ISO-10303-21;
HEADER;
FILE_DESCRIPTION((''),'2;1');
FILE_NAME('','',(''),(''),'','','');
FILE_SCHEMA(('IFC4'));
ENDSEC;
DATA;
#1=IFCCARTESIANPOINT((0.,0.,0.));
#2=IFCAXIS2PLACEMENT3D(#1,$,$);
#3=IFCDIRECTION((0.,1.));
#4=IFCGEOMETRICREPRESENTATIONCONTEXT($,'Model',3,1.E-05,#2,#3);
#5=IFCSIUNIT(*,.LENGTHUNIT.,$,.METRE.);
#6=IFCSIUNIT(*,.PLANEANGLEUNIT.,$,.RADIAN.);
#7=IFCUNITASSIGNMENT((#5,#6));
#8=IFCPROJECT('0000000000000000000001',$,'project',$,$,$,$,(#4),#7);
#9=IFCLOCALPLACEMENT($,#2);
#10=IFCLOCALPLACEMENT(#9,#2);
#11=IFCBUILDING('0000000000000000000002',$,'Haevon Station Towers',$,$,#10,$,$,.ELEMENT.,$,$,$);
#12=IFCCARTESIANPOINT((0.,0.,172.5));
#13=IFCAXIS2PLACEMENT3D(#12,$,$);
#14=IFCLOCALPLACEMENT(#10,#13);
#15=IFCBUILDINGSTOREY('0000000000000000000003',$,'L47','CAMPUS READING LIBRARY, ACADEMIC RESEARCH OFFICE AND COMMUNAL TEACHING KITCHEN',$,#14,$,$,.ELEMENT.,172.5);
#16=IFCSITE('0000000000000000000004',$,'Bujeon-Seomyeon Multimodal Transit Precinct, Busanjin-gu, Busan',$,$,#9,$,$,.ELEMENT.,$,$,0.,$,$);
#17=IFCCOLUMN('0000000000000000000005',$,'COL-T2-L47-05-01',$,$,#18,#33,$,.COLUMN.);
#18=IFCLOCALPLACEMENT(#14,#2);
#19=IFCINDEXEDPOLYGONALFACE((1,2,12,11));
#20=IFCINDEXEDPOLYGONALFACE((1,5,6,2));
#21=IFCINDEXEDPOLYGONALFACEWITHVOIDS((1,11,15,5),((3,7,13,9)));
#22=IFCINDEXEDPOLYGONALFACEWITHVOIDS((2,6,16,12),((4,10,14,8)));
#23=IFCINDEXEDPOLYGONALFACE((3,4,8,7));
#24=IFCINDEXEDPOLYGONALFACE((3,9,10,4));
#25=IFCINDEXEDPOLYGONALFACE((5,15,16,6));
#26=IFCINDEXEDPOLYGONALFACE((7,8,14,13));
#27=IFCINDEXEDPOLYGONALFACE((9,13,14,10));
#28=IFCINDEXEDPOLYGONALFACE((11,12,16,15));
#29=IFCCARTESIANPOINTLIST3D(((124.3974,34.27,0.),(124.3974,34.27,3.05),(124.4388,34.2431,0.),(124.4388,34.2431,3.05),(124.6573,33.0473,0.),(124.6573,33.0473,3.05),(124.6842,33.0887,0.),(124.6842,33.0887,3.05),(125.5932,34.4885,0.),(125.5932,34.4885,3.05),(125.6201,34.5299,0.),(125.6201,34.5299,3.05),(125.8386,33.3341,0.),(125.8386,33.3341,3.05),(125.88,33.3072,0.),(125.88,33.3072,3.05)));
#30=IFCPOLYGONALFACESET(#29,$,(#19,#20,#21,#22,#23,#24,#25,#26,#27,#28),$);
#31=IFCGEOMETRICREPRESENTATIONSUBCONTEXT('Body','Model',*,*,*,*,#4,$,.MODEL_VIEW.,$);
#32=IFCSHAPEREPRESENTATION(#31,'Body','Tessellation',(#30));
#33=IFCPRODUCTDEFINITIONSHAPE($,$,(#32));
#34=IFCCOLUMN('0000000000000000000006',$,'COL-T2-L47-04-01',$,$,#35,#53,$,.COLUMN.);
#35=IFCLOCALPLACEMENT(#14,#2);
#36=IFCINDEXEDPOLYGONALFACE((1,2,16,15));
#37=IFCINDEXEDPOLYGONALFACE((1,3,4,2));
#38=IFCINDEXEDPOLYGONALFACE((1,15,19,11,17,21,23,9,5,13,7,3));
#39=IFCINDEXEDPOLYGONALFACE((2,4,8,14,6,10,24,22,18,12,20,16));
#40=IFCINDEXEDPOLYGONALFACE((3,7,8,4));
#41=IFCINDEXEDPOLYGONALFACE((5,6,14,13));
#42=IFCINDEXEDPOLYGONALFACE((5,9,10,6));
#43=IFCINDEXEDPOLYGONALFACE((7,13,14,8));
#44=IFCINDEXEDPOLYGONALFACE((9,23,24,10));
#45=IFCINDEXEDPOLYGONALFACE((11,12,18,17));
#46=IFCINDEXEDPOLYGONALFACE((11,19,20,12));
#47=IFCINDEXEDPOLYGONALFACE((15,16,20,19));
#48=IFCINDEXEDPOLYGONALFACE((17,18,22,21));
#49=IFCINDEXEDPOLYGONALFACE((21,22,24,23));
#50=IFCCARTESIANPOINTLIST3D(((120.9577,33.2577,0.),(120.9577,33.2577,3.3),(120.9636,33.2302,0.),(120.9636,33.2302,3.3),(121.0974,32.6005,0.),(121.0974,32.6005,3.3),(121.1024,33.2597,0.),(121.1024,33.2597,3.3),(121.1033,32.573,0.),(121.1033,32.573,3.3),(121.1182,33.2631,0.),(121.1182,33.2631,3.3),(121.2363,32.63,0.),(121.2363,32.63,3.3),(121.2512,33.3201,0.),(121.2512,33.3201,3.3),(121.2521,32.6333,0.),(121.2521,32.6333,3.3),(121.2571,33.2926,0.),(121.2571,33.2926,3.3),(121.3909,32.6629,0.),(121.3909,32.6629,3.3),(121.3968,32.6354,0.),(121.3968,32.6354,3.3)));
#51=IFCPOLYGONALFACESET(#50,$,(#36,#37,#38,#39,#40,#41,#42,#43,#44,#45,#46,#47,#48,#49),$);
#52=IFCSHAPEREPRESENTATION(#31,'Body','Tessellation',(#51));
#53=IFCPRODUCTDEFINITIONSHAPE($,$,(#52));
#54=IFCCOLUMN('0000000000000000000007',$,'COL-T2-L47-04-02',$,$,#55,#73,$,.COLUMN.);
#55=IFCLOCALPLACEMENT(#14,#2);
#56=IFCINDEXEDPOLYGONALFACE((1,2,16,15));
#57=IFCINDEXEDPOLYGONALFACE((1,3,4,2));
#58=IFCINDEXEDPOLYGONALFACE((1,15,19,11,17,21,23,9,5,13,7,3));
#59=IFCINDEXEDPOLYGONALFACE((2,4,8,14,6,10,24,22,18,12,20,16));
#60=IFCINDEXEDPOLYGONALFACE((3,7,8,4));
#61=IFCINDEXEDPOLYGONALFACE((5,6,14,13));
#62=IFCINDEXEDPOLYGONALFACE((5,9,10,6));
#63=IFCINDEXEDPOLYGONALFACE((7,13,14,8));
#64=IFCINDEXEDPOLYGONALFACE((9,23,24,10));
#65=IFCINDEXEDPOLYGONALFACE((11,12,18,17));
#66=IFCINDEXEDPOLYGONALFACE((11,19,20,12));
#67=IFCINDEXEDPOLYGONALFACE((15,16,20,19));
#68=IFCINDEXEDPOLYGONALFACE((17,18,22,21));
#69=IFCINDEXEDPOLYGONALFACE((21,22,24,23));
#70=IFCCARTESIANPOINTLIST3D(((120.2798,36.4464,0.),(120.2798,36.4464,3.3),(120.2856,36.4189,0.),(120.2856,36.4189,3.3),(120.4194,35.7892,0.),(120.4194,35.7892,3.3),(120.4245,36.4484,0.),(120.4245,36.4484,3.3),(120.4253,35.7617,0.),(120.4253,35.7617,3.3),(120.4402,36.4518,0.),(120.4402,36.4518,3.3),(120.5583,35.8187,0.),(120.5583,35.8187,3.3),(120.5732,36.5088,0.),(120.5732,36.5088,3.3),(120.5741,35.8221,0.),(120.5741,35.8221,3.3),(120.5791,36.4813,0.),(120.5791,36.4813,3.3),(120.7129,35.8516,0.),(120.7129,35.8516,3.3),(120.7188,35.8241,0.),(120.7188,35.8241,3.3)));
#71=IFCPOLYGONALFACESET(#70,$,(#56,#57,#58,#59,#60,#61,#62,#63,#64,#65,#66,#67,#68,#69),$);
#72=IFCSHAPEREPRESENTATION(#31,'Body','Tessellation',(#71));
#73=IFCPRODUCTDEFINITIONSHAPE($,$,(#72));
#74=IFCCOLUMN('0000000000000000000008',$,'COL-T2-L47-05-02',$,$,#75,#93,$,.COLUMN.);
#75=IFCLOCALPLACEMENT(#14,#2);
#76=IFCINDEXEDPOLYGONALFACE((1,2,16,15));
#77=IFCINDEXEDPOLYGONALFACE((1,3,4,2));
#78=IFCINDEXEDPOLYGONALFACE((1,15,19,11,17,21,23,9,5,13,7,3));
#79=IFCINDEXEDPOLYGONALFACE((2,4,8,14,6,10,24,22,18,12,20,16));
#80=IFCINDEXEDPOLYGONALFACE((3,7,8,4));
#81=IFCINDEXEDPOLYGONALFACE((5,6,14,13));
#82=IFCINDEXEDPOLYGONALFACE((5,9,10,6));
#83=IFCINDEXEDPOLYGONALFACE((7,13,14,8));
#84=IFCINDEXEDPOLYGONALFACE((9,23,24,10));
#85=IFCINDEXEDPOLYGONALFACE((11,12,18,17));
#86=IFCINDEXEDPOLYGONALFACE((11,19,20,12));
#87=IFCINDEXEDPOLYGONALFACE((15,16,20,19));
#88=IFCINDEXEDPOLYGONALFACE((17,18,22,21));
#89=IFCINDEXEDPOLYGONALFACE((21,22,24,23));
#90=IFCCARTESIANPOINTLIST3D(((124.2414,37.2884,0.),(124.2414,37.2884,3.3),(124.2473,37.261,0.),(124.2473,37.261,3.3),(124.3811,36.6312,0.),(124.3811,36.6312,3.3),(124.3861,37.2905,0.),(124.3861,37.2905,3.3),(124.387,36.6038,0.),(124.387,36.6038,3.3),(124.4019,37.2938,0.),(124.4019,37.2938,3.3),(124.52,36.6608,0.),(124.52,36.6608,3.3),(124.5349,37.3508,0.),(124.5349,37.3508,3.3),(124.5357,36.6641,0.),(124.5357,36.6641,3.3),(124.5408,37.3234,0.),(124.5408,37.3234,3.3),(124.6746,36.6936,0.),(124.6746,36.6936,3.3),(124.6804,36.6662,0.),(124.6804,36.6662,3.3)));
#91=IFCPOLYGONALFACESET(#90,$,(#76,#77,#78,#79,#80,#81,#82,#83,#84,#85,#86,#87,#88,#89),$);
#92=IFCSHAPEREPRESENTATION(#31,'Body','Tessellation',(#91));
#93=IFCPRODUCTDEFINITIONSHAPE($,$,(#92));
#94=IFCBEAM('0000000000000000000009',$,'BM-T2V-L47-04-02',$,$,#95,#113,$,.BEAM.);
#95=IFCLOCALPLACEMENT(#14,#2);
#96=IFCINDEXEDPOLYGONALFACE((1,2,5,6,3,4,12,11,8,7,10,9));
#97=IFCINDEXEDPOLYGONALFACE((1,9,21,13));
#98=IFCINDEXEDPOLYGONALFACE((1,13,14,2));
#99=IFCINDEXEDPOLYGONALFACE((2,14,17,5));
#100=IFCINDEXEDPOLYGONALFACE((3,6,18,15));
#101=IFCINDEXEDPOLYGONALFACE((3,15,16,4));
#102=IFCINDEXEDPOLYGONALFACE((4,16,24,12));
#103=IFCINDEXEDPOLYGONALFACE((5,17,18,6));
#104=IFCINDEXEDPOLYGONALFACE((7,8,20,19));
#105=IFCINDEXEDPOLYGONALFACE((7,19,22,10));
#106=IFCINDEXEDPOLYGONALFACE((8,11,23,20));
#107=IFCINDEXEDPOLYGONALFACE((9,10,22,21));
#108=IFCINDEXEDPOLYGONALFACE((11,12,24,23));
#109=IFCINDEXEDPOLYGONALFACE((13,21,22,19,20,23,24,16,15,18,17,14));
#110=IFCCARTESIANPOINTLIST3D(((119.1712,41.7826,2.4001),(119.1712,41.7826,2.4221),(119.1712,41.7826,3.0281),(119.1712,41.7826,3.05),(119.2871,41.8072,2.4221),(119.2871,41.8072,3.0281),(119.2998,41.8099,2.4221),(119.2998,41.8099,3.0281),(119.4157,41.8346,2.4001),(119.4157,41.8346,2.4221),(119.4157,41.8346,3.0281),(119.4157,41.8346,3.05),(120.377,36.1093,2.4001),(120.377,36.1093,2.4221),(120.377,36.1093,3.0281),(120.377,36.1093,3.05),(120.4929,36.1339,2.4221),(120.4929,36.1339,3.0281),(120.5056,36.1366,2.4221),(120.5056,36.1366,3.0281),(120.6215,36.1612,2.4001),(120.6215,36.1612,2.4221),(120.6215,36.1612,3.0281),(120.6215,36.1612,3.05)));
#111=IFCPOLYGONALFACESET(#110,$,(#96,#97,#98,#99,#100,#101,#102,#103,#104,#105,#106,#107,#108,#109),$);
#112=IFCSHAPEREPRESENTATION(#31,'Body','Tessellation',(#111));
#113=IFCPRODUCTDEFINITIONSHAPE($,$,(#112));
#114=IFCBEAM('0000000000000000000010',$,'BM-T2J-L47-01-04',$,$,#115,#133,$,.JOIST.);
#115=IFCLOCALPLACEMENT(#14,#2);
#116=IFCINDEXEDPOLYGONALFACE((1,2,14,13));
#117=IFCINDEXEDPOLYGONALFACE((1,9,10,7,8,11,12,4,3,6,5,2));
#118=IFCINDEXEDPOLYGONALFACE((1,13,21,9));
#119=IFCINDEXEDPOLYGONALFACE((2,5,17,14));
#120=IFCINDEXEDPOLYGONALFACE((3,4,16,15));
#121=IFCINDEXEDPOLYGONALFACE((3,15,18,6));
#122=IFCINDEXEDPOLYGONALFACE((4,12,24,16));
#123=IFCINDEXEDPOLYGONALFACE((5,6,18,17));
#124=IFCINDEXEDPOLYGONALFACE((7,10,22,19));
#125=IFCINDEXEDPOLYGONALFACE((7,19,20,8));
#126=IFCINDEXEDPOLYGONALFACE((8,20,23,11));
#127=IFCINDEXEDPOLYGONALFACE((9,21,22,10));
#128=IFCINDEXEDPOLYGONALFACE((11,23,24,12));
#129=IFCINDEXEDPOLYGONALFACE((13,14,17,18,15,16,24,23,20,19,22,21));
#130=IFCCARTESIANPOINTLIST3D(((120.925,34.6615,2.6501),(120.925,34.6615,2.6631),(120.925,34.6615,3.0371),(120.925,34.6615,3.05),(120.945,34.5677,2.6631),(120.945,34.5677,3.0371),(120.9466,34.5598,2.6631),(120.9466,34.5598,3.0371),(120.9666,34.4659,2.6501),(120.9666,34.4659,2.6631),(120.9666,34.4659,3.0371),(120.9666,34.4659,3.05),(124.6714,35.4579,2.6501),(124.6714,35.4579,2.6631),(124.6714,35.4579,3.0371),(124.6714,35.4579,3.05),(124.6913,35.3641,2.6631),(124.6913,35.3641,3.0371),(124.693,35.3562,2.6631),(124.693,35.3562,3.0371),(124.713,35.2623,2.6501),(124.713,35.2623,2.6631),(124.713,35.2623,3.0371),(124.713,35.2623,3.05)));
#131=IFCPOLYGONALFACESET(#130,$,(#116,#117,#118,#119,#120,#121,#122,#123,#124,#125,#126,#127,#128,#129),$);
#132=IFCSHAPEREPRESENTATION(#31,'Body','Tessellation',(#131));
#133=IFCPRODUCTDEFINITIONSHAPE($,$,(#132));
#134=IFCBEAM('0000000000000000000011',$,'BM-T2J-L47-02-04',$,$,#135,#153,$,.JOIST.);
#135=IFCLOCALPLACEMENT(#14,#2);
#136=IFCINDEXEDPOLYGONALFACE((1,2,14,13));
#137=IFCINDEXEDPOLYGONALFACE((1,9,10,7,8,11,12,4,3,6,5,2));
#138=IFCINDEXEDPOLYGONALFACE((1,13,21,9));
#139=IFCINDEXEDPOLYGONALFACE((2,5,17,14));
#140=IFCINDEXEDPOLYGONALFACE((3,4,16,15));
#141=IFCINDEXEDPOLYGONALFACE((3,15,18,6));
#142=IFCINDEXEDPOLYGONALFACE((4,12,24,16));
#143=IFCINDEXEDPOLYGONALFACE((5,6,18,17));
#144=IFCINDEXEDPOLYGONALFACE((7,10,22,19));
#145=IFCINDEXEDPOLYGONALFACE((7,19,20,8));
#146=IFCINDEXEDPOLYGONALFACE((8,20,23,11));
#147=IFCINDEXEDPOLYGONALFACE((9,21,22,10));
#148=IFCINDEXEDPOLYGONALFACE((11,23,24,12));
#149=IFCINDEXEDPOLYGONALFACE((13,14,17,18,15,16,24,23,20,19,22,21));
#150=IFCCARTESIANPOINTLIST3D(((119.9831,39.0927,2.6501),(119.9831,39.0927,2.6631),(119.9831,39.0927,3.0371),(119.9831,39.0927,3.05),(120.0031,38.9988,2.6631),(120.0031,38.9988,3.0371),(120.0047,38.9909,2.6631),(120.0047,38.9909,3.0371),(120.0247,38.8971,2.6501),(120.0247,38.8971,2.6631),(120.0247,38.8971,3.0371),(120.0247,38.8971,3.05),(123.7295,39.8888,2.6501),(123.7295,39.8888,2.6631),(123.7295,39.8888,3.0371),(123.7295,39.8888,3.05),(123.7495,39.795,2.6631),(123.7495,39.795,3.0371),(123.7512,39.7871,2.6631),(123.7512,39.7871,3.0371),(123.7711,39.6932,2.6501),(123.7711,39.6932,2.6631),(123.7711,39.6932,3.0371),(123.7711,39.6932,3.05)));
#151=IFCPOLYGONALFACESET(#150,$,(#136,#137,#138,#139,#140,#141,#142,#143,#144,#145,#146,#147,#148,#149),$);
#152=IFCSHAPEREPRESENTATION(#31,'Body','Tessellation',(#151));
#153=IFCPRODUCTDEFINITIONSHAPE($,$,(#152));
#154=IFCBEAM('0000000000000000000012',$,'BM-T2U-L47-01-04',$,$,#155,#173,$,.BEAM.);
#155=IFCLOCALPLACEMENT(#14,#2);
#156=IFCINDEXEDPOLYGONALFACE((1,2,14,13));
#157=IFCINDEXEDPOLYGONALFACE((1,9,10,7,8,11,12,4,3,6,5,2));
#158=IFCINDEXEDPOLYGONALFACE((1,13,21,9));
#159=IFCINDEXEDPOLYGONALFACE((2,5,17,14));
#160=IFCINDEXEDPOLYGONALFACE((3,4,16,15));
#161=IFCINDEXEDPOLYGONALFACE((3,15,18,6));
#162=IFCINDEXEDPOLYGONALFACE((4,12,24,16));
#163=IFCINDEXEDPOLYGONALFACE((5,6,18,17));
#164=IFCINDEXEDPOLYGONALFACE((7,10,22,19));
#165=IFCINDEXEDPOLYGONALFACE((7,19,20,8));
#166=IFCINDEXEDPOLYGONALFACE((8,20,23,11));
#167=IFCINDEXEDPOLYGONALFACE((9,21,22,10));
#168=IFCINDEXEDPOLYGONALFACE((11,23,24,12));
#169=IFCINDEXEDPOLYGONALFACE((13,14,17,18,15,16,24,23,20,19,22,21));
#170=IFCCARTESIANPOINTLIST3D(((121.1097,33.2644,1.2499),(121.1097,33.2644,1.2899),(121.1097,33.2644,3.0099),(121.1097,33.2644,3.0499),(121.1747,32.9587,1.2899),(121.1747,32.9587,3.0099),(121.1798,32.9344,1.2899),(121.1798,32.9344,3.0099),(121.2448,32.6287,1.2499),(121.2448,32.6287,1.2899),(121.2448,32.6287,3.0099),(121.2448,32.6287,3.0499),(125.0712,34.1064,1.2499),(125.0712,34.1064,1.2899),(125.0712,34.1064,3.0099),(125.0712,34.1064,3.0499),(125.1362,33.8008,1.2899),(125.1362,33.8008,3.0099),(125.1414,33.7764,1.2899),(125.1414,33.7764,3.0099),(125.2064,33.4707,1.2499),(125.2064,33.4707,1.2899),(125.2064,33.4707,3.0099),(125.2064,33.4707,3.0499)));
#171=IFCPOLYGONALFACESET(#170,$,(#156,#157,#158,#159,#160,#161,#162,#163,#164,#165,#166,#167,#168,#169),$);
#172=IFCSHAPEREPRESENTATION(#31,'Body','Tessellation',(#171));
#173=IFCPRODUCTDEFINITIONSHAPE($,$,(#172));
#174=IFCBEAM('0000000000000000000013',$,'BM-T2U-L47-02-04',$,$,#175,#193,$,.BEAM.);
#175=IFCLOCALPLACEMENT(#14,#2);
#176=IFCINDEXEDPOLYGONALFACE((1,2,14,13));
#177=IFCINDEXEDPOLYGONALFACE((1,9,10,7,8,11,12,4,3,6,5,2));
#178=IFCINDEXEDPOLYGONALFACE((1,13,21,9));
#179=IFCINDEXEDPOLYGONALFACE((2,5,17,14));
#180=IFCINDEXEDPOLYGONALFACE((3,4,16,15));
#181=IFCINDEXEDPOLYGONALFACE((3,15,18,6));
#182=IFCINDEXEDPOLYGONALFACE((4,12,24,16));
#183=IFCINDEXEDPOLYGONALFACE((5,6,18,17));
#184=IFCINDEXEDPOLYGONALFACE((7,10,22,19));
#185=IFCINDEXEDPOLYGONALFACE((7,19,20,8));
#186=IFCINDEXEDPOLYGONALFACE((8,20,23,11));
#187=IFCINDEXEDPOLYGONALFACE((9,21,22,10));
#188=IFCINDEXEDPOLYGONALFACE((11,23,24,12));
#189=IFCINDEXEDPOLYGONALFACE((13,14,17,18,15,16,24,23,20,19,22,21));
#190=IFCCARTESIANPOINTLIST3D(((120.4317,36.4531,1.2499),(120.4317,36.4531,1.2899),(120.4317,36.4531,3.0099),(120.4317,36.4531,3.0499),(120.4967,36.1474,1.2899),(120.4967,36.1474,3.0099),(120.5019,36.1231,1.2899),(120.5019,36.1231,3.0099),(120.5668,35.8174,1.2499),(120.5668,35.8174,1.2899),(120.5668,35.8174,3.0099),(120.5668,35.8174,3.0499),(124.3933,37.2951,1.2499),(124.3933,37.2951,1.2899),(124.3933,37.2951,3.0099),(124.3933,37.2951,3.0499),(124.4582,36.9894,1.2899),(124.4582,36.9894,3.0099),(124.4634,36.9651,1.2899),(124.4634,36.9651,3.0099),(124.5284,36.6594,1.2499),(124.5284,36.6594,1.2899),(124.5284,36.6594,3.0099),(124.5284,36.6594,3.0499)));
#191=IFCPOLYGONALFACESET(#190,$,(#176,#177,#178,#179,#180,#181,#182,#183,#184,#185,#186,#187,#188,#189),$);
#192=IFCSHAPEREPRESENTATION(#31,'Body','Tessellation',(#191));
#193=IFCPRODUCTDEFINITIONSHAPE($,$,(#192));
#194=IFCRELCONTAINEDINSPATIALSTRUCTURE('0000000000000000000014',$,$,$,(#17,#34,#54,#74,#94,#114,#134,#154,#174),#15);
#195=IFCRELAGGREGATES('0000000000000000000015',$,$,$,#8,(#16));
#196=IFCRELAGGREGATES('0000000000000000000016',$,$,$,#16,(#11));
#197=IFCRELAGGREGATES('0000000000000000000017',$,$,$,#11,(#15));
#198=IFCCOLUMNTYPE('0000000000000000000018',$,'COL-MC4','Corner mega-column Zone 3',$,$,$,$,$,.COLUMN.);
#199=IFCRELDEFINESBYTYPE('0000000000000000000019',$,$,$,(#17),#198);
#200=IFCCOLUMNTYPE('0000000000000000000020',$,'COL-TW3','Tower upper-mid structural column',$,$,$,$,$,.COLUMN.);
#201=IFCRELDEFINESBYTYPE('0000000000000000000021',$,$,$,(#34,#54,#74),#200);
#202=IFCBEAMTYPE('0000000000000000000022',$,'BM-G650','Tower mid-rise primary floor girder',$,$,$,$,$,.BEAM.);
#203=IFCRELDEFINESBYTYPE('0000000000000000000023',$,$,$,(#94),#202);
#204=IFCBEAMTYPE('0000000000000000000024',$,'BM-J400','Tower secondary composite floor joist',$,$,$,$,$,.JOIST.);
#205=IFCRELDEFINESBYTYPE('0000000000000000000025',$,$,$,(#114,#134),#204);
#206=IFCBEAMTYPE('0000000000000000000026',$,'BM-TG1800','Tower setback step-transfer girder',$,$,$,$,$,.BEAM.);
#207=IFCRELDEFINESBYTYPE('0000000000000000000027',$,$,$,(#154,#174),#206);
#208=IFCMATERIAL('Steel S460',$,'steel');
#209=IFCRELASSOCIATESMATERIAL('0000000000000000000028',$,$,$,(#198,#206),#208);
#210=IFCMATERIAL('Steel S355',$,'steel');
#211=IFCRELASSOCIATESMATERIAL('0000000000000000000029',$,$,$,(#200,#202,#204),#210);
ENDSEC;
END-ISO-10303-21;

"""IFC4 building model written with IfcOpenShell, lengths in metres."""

from ifc_helpers import new_model, si_unit, direction, frame, origin, origin_2d, place, context, subcontext, project, spatial, hollow_rectangle, i_section, extrude, material, material_profile, profile_set, type_object, element, save


model = new_model("IFC4")

# Units and contexts
model_context = context("Model", 3, precision=1e-05, world=origin(), true_north=direction((0.0, 1.0)))
body_context = subcontext(model_context, "Body", "Model", "MODEL_VIEW")
ifc_project = project(units=[si_unit("LENGTHUNIT", "METRE"), si_unit("PLANEANGLEUNIT", "RADIAN")], contexts=[model_context])

# Site, building, storey
site_placement = place(None, origin())
site = spatial("IfcSite", under=ifc_project, at=site_placement, Name="Bujeon-Seomyeon Multimodal Transit Precinct, Busanjin-gu, Busan", CompositionType="ELEMENT", RefElevation=0.0)
building_placement = place(site_placement, origin())
building = spatial("IfcBuilding", under=site, at=building_placement, Name="Haevon Station Towers", CompositionType="ELEMENT")
storey_placement = place(building_placement, frame((0.0, 0.0, 172.5)))
storey = spatial("IfcBuildingStorey", under=building, at=storey_placement, Name="L47", Description="CAMPUS READING LIBRARY, ACADEMIC RESEARCH OFFICE AND COMMUNAL TEACHING KITCHEN", CompositionType="ELEMENT", Elevation=172.5)

# Columns
ifc_material_1 = material(Name="Steel S460", Category="steel")
ifc_material_profile_1 = material_profile(ifc_material_1, hollow_rectangle(XDim=1.25, YDim=1.25, WallThickness=0.0349, at=origin_2d()), Name="BOX-1250x1250x35")
ifc_profile_set_1 = profile_set([ifc_material_profile_1], Name="Steel S460")
column_type_1 = type_object("IfcColumnType", Name="COL-MC4", Description="Corner mega-column Zone 3", PredefinedType="COLUMN", material=ifc_profile_set_1)
column_placement = place(storey_placement, frame((125.1387, 33.7886, 0.0), z_axis=(0.0, 0.0, 1.0), x_axis=(0.978148, 0.207912, 0.0)))
element("IfcColumn", 1, at=column_placement, inside=storey, type_object=column_type_1, Name="COL-T2-L47-05-01", PredefinedType="COLUMN", context=body_context, shape_type="SweptSolid", body=[
    extrude(hollow_rectangle(XDim=1.25, YDim=1.25, WallThickness=0.0349, at=origin_2d()), origin(), (0.0, 0.0, 1.0), 3.05),
])
ifc_material_2 = material(Name="Steel S355", Category="steel")
ifc_material_profile_2 = material_profile(ifc_material_2, i_section(OverallWidth=0.3, OverallDepth=0.7, WebThickness=0.0161, FlangeThickness=0.0281, at=origin_2d()), Name="H-700x300x16x28")
ifc_profile_set_2 = profile_set([ifc_material_profile_2], Name="Steel S355")
column_type_2 = type_object("IfcColumnType", Name="COL-TW3", Description="Tower upper-mid structural column", PredefinedType="COLUMN", material=ifc_profile_set_2)
for number, where, z_axis, x_axis, name in (
    (2, (121.1772, 32.9465, 0.0), (0.0, 0.0, 1.0), (0.978148, 0.207912, 0.0), "COL-T2-L47-04-01"),
    (3, (120.4993, 36.1353, 0.0), (0.0, 0.0, 1.0), (0.978148, 0.207912, 0.0), "COL-T2-L47-04-02"),
    (4, (124.4609, 36.9773, 0.0), (0.0, 0.0, 1.0), (0.978148, 0.207912, 0.0), "COL-T2-L47-05-02"),
):
    element("IfcColumn", number, at=place(storey_placement, frame(where, z_axis=z_axis, x_axis=x_axis)), inside=storey, type_object=column_type_2, Name=name, PredefinedType="COLUMN", context=body_context, shape_type="SweptSolid", body=[
        extrude(i_section(OverallWidth=0.3, OverallDepth=0.7, WebThickness=0.0161, FlangeThickness=0.0281, at=origin_2d()), origin(), (0.0, 0.0, 1.0), 3.3),
    ])

# Beams
ifc_material_profile_3 = material_profile(ifc_material_2, i_section(OverallWidth=0.25, OverallDepth=0.6499, WebThickness=0.0129, FlangeThickness=0.022, at=origin_2d()), Name="H-650x250x13x22")
ifc_profile_set_3 = profile_set([ifc_material_profile_3], Name="Steel S355")
beam_type_1 = type_object("IfcBeamType", Name="BM-G650", Description="Tower mid-rise primary floor girder", PredefinedType="BEAM", material=ifc_profile_set_3)
beam_1_placement = place(storey_placement, frame((120.4993, 36.1353, 2.7251), z_axis=(-0.207896, 0.978151, 0.0), x_axis=(-0.978151, -0.207896, 0.0)))
element("IfcBeam", 5, at=beam_1_placement, inside=storey, type_object=beam_type_1, Name="BM-T2V-L47-04-02", PredefinedType="BEAM", context=body_context, shape_type="SweptSolid", body=[
    extrude(i_section(OverallWidth=0.25, OverallDepth=0.6499, WebThickness=0.0129, FlangeThickness=0.022, at=origin_2d()), origin(), (0.0, 0.0, 1.0), 5.8),
])
ifc_material_profile_4 = material_profile(ifc_material_2, i_section(OverallWidth=0.2, OverallDepth=0.3999, WebThickness=0.0081, FlangeThickness=0.0129, at=origin_2d()), Name="H-400x200x8x13")
ifc_profile_set_4 = profile_set([ifc_material_profile_4], Name="Steel S355")
beam_type_2 = type_object("IfcBeamType", Name="BM-J400", Description="Tower secondary composite floor joist", PredefinedType="JOIST", material=ifc_profile_set_4)
for number, where, z_axis, x_axis, name in (
    (6, (120.9458, 34.5637, 2.8501), (0.978143, 0.207931, 0.0), (-0.207931, 0.978143, 0.0), "BM-T2J-L47-01-04"),
    (7, (120.0039, 38.9949, 2.8501), (0.978156, 0.20787, 0.0), (-0.20787, 0.978156, 0.0), "BM-T2J-L47-02-04"),
):
    element("IfcBeam", number, at=place(storey_placement, frame(where, z_axis=z_axis, x_axis=x_axis)), inside=storey, type_object=beam_type_2, Name=name, PredefinedType="JOIST", context=body_context, shape_type="SweptSolid", body=[
        extrude(i_section(OverallWidth=0.2, OverallDepth=0.3999, WebThickness=0.0081, FlangeThickness=0.0129, at=origin_2d()), origin(), (0.0, 0.0, 1.0), 3.8301),
    ])
ifc_material_profile_5 = material_profile(ifc_material_1, i_section(OverallWidth=0.6499, OverallDepth=1.8, WebThickness=0.0249, FlangeThickness=0.04, at=origin_2d()), Name="H-1800x650x25x40")
ifc_profile_set_5 = profile_set([ifc_material_profile_5], Name="Steel S460")
beam_type_3 = type_object("IfcBeamType", Name="BM-TG1800", Description="Tower setback step-transfer girder", PredefinedType="BEAM", material=ifc_profile_set_5)
for number, where, z_axis, x_axis, name in (
    (8, (121.1772, 32.9465, 2.1499), (0.978147, 0.207915, 0.0), (-0.207915, 0.978147, 0.0), "BM-T2U-L47-01-04"),
    (9, (120.4993, 36.1353, 2.1499), (0.97815, 0.207903, 0.0), (-0.207903, 0.97815, 0.0), "BM-T2U-L47-02-04"),
):
    element("IfcBeam", number, at=place(storey_placement, frame(where, z_axis=z_axis, x_axis=x_axis)), inside=storey, type_object=beam_type_3, Name=name, PredefinedType="BEAM", context=body_context, shape_type="SweptSolid", body=[
        extrude(i_section(OverallWidth=0.6499, OverallDepth=1.8, WebThickness=0.0249, FlangeThickness=0.04, at=origin_2d()), origin(), (0.0, 0.0, 1.0), 4.05),
    ])

save(model, "model.ifc")
